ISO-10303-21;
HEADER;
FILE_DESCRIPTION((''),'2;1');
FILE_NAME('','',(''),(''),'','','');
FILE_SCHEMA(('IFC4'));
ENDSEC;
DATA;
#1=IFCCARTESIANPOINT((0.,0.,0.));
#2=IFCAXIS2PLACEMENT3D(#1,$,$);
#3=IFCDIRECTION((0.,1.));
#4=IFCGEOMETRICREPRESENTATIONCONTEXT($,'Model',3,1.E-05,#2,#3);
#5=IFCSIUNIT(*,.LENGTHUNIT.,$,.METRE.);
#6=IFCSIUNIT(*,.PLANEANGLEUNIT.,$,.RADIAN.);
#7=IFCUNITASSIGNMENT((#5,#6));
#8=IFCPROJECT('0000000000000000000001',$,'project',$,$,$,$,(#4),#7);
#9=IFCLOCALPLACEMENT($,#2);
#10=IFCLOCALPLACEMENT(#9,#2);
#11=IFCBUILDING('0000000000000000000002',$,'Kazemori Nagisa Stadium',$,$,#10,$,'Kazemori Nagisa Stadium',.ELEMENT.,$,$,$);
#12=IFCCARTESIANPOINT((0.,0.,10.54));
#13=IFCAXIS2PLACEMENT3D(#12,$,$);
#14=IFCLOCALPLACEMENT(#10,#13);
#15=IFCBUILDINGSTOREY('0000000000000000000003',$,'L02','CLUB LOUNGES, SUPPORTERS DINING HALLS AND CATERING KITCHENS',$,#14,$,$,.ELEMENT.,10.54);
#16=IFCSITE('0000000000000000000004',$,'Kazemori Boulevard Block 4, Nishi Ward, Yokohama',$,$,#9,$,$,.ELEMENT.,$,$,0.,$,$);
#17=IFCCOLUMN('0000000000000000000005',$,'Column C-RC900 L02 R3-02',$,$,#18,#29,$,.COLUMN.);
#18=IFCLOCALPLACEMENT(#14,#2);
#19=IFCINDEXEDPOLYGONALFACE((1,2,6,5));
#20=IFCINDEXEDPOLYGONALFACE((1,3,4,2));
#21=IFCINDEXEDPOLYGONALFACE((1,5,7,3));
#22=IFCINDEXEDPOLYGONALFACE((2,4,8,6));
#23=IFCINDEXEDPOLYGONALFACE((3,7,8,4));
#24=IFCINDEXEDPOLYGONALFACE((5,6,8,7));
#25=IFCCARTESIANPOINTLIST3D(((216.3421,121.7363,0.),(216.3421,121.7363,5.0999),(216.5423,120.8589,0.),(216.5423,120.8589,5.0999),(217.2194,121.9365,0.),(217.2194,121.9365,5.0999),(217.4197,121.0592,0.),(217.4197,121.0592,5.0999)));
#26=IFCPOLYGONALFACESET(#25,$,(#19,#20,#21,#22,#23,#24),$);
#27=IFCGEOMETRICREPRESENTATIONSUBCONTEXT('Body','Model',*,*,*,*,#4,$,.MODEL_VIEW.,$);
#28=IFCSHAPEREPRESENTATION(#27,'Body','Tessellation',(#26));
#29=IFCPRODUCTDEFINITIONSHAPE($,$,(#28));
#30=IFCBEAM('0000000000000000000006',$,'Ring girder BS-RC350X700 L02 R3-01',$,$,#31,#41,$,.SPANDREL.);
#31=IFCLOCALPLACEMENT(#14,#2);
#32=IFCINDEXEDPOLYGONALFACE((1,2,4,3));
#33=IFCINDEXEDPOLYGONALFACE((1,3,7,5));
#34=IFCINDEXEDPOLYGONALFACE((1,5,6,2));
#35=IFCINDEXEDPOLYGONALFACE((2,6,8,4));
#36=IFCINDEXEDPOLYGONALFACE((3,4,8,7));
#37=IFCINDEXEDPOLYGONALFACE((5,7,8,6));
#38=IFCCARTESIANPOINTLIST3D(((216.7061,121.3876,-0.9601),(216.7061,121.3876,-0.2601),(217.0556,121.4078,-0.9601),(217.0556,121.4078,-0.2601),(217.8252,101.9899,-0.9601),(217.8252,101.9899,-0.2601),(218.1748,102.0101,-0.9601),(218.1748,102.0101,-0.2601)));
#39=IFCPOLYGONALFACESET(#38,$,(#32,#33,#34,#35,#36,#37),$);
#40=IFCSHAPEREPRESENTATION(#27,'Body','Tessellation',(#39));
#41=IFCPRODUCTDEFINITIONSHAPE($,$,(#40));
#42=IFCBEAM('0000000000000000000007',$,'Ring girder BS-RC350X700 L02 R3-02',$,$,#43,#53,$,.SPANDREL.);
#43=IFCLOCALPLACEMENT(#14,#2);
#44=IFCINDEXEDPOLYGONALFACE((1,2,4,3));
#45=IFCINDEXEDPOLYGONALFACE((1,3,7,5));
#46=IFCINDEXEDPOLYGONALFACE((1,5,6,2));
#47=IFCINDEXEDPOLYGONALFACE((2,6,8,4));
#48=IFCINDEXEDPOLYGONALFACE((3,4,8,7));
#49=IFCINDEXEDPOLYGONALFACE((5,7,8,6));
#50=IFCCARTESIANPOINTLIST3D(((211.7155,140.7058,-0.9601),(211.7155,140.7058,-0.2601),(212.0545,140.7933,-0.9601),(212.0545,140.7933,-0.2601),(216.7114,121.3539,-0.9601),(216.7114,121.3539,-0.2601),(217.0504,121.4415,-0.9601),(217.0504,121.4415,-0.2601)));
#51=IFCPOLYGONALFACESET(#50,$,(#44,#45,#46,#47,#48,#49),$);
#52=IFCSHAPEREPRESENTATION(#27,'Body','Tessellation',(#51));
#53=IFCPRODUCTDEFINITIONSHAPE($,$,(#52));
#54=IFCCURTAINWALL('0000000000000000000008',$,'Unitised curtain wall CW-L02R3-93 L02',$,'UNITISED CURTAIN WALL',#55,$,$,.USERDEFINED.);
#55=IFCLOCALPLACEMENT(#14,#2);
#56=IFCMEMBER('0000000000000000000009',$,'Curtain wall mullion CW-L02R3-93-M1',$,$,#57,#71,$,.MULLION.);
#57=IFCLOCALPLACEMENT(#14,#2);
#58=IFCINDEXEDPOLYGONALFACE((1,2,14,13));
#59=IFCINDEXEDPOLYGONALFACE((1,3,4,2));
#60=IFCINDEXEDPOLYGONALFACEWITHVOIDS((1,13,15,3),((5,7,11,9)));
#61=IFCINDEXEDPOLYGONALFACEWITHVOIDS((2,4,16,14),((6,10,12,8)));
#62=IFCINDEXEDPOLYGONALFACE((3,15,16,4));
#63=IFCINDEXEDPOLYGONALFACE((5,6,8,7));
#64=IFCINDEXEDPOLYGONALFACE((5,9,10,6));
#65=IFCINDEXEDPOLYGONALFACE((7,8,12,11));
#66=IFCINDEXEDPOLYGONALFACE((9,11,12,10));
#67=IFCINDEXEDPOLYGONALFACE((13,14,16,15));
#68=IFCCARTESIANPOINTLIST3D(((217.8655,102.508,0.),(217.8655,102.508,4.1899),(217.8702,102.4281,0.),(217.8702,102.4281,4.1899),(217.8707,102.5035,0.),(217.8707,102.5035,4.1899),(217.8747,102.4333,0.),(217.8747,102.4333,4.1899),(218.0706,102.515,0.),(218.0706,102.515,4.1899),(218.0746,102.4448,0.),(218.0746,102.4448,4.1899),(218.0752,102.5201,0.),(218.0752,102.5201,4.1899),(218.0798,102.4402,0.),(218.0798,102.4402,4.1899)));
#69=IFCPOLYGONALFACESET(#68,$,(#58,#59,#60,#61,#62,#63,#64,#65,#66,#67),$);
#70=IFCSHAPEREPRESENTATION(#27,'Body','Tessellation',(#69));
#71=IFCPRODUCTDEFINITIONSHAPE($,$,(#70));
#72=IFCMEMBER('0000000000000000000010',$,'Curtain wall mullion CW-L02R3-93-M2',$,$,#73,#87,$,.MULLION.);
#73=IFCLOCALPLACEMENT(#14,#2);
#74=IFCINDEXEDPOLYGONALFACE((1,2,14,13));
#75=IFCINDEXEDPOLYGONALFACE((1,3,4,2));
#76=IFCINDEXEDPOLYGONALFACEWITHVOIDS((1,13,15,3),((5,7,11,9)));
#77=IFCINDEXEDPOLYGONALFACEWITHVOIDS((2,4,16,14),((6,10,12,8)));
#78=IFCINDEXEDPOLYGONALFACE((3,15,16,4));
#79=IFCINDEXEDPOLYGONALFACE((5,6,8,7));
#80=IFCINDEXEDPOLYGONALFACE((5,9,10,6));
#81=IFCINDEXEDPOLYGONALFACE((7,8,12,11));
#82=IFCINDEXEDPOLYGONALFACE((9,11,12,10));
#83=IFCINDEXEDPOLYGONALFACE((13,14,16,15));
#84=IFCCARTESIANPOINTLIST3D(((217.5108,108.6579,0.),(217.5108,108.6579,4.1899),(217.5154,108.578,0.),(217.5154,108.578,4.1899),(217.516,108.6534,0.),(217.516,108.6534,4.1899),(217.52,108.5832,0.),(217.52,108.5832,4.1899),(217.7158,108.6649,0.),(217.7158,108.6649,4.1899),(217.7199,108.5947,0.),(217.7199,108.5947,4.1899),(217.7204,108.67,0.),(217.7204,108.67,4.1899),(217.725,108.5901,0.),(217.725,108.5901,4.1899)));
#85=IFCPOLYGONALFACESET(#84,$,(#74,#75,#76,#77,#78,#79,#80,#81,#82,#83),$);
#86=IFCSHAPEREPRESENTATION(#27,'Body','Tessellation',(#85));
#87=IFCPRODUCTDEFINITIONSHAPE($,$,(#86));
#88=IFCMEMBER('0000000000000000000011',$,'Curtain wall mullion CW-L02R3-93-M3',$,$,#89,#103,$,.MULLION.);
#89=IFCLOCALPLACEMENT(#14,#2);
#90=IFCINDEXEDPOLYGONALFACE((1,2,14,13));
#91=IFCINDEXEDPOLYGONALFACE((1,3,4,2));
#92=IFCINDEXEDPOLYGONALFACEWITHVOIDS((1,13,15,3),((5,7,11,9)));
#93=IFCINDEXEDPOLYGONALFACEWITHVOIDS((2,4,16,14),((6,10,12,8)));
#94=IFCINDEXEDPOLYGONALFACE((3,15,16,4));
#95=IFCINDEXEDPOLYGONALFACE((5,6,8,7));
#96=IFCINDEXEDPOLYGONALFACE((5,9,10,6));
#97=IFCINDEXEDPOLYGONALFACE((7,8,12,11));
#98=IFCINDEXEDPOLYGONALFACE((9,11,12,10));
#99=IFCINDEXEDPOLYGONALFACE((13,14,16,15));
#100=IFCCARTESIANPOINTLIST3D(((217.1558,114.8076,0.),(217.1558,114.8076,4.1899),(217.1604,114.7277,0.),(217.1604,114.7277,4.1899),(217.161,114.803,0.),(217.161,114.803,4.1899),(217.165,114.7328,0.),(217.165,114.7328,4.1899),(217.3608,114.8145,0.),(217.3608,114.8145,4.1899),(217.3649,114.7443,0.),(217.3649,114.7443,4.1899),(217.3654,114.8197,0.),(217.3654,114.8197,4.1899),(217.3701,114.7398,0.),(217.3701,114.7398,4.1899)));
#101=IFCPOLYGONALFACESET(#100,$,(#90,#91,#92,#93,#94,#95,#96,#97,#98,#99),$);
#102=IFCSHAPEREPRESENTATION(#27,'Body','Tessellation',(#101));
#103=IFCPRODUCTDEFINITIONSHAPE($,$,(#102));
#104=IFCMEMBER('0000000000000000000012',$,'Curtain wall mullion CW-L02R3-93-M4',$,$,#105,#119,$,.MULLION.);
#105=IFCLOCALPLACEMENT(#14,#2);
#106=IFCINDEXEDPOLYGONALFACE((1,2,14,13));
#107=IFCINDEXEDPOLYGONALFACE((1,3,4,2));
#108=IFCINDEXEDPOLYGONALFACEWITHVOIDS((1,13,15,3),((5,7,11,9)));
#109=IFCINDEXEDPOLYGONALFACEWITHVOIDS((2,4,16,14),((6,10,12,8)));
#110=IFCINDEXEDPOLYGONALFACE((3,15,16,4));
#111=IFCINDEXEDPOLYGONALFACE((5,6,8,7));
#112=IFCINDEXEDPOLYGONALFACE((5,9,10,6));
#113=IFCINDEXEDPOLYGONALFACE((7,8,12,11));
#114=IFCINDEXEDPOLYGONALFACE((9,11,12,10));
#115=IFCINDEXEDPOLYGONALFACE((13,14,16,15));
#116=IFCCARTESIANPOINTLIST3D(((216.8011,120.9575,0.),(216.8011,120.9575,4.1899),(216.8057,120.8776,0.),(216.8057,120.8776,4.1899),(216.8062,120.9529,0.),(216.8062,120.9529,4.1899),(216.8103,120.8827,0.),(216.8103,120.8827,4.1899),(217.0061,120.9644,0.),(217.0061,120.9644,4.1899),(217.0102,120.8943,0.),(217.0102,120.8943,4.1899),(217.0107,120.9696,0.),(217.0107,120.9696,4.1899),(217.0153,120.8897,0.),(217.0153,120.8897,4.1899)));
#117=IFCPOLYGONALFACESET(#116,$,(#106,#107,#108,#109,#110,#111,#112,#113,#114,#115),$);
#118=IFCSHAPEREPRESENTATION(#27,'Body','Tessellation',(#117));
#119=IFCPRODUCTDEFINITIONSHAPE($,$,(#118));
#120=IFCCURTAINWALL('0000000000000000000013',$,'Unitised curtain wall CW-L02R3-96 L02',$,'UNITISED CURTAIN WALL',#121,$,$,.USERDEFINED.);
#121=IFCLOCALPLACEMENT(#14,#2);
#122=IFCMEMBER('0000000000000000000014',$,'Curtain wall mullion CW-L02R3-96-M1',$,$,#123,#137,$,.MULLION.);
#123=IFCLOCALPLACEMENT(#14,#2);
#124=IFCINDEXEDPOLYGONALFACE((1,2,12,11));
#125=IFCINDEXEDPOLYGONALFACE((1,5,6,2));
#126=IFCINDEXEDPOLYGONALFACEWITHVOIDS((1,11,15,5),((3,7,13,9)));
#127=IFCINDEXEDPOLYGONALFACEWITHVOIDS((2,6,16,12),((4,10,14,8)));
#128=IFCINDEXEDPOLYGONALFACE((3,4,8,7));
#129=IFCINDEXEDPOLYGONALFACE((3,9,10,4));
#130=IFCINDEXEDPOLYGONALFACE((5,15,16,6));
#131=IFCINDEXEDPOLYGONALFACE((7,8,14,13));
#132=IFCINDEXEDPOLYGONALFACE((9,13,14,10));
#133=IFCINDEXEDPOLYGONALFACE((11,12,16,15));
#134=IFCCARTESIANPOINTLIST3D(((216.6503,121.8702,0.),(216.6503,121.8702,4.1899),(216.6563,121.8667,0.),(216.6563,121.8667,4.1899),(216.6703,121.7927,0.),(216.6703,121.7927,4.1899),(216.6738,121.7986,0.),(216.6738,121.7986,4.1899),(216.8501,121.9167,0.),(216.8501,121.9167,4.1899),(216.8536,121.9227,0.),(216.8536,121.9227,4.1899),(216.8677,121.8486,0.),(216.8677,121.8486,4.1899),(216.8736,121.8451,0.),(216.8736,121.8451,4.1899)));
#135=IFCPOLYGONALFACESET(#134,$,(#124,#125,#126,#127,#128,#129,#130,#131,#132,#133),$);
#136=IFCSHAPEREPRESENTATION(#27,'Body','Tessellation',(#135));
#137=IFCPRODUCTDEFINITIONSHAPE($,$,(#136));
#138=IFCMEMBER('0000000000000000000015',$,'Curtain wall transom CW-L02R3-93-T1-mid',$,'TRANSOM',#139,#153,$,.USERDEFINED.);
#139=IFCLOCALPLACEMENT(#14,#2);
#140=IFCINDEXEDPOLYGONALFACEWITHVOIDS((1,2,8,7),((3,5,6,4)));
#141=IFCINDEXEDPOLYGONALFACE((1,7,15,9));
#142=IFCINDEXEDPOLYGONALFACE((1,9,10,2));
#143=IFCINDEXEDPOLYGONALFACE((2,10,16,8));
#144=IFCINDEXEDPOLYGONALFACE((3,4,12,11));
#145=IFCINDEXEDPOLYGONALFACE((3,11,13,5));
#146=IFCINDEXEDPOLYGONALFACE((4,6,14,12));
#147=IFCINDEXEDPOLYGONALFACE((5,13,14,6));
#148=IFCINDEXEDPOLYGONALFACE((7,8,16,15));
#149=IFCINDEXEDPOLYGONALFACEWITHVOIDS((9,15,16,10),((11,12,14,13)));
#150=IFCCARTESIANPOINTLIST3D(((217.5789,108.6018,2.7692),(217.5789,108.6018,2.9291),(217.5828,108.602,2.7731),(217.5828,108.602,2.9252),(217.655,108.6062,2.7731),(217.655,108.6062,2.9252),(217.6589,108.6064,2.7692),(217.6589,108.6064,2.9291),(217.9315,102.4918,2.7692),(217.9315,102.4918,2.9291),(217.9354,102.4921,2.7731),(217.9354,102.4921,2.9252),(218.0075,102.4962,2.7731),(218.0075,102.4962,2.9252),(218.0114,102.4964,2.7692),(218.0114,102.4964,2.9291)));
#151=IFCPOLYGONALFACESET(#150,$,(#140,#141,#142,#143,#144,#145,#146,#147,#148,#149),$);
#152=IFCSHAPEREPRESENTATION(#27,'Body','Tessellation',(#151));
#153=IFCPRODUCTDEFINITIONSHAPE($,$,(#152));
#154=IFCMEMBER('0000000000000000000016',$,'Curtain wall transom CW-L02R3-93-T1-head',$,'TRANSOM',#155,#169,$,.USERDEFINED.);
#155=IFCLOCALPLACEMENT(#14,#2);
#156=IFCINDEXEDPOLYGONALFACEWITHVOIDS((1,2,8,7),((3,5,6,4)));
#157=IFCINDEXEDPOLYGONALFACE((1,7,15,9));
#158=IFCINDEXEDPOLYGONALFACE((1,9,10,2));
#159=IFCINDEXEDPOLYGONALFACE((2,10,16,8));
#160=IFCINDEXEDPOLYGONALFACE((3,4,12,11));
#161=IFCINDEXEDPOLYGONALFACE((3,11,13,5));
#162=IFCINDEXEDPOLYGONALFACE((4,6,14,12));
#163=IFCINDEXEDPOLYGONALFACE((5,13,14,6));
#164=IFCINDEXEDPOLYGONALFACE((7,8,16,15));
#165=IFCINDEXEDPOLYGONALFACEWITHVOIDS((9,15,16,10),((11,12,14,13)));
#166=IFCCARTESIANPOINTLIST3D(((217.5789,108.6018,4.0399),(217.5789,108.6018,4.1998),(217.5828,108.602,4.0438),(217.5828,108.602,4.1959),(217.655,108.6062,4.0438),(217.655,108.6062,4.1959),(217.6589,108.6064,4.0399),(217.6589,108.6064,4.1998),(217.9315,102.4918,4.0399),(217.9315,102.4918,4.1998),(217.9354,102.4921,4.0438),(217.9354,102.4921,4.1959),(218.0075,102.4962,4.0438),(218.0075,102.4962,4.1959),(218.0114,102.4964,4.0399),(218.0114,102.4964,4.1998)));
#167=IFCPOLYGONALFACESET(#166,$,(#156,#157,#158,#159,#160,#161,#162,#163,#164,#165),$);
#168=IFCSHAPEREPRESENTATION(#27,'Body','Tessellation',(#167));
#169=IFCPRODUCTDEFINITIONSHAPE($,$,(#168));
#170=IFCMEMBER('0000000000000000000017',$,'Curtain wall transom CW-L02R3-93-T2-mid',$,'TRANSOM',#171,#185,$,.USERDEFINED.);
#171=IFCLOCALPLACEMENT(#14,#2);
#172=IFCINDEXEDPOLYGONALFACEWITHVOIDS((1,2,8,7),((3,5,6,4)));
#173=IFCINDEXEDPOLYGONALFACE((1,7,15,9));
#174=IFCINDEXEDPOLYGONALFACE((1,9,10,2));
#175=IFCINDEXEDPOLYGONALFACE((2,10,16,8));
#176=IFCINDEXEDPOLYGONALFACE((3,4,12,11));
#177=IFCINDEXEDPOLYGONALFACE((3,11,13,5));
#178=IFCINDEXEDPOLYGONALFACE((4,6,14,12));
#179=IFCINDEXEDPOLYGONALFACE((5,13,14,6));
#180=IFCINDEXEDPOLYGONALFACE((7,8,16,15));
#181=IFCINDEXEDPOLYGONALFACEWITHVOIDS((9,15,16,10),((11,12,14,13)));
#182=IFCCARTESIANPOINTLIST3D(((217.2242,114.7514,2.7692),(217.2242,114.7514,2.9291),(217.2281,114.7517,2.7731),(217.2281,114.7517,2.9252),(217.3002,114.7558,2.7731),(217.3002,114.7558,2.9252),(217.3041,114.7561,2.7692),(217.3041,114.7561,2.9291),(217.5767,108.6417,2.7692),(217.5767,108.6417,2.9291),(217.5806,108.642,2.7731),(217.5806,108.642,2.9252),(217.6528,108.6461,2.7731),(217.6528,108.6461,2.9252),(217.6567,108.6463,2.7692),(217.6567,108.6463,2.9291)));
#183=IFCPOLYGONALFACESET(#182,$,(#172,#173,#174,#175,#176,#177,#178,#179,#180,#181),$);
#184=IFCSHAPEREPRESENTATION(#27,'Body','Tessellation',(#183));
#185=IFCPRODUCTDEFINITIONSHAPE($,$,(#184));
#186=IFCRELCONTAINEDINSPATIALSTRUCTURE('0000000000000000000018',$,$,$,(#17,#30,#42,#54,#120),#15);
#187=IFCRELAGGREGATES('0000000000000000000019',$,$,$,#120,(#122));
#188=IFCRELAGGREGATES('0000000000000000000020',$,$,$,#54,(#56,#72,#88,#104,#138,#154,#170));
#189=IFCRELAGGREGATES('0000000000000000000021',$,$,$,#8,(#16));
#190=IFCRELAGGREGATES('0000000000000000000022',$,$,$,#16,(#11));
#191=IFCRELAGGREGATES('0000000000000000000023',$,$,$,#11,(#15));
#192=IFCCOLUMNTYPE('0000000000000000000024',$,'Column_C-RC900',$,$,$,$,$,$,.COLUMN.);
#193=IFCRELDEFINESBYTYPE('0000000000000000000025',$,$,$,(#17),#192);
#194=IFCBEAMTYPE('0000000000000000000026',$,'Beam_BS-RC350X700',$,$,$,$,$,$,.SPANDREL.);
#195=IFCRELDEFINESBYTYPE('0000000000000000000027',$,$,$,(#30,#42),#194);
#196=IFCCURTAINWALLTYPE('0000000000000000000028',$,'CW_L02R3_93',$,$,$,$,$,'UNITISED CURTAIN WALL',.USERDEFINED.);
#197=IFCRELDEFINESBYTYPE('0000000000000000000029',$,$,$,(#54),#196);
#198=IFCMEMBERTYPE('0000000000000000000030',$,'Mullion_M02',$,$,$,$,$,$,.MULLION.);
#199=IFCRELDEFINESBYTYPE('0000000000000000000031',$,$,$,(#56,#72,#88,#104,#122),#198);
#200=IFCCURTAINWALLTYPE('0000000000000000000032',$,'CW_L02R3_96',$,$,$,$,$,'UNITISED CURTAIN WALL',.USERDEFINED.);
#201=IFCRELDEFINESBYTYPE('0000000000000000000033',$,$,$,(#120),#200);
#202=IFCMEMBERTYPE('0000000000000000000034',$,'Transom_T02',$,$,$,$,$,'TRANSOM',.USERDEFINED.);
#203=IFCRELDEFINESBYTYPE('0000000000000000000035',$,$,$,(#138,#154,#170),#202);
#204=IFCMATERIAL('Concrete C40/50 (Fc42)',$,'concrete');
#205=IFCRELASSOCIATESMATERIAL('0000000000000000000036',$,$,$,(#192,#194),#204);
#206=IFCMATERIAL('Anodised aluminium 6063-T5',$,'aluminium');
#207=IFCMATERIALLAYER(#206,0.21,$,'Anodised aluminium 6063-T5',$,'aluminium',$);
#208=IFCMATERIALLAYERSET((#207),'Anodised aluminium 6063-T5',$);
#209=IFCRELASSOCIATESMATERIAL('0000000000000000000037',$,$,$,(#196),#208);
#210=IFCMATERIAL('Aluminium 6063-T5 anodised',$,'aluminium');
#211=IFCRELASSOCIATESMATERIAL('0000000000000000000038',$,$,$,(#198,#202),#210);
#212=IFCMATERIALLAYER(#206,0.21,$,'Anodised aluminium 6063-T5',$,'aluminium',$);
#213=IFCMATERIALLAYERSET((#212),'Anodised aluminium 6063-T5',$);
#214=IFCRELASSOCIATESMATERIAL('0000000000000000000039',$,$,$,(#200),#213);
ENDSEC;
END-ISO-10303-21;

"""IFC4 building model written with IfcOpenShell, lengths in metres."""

from ifc_helpers import new_model, si_unit, direction, frame, origin, origin_2d, place, context, subcontext, project, spatial, rectangle, hollow_rectangle, extrude, material, layer, layer_set, material_profile, profile_set, type_object, element, aggregate, save


model = new_model("IFC4")

# Units and contexts
model_context = context("Model", 3, precision=1e-05, world=origin(), true_north=direction((0.0, 1.0)))
body_context = subcontext(model_context, "Body", "Model", "MODEL_VIEW")
ifc_project = project(units=[si_unit("LENGTHUNIT", "METRE"), si_unit("PLANEANGLEUNIT", "RADIAN")], contexts=[model_context])

# Site, building, storey
site_placement = place(None, origin())
site = spatial("IfcSite", under=ifc_project, at=site_placement, Name="Kazemori Boulevard Block 4, Nishi Ward, Yokohama", CompositionType="ELEMENT", RefElevation=0.0)
building_placement = place(site_placement, origin())
building = spatial("IfcBuilding", under=site, at=building_placement, Name="Kazemori Nagisa Stadium", LongName="Kazemori Nagisa Stadium", CompositionType="ELEMENT")
storey_placement = place(building_placement, frame((0.0, 0.0, 10.54)))
storey = spatial("IfcBuildingStorey", under=building, at=storey_placement, Name="L02", Description="CLUB LOUNGES, SUPPORTERS DINING HALLS AND CATERING KITCHENS", CompositionType="ELEMENT", Elevation=10.54)

# Column
ifc_material_1 = material(Name="Concrete C40/50 (Fc42)", Category="concrete")
ifc_material_profile_1 = material_profile(ifc_material_1, rectangle(XDim=0.8999, YDim=0.8999, at=origin_2d()), Name="RC-COL-900x900")
ifc_profile_set_1 = profile_set([ifc_material_profile_1], Name="Concrete C40/50 (Fc42)")
column_type = type_object("IfcColumnType", Name="Column_C-RC900", PredefinedType="COLUMN", material=ifc_profile_set_1)
column_placement = place(storey_placement, frame((216.8809, 121.3977, 0.0), z_axis=(0.0, 0.0, 1.0), x_axis=(0.974928, 0.222521, 0.0)))
element("IfcColumn", 1, at=column_placement, inside=storey, type_object=column_type, Name="Column C-RC900 L02 R3-02", PredefinedType="COLUMN", context=body_context, shape_type="SweptSolid", body=[
    extrude(rectangle(XDim=0.8999, YDim=0.8999, at=origin_2d()), origin(), (0.0, 0.0, 1.0), 5.0999),
])

# Beams
ifc_material_profile_2 = material_profile(ifc_material_1, rectangle(XDim=0.3501, YDim=0.7, at=origin_2d()), Name="RC-SP-350x700")
ifc_profile_set_2 = profile_set([ifc_material_profile_2], Name="Concrete C40/50 (Fc42)")
beam_type = type_object("IfcBeamType", Name="Beam_BS-RC350X700", PredefinedType="SPANDREL", material=ifc_profile_set_2)
beam_1_placement = place(storey_placement, frame((218.0, 102.0, -0.6101), z_axis=(-0.057599, 0.99834, 0.0), x_axis=(-0.99834, -0.057599, 0.0)))
element("IfcBeam", 2, at=beam_1_placement, inside=storey, type_object=beam_type, Name="Ring girder BS-RC350X700 L02 R3-01", PredefinedType="SPANDREL", context=body_context, shape_type="SweptSolid", body=[
    extrude(rectangle(XDim=0.3501, YDim=0.7, at=origin_2d()), origin(), (0.0, 0.0, 1.0), 19.4299),
])
beam_2_placement = place(storey_placement, frame((216.8809, 121.3977, -0.6101), z_axis=(-0.249964, 0.968255, 0.0), x_axis=(-0.968255, -0.249964, 0.0)))
element("IfcBeam", 3, at=beam_2_placement, inside=storey, type_object=beam_type, Name="Ring girder BS-RC350X700 L02 R3-02", PredefinedType="SPANDREL", context=body_context, shape_type="SweptSolid", body=[
    extrude(rectangle(XDim=0.3501, YDim=0.7, at=origin_2d()), origin(), (0.0, 0.0, 1.0), 19.9863),
])

# Curtain wall, members
ifc_material_2 = material(Name="Anodised aluminium 6063-T5", Category="aluminium")
ifc_layer_1 = layer(ifc_material_2, 0.21, Name="Anodised aluminium 6063-T5", Category="aluminium")
ifc_layer_set_1 = layer_set([ifc_layer_1], Name="Anodised aluminium 6063-T5")
curtain_wall_type_1 = type_object("IfcCurtainWallType", Name="CW_L02R3_93", ElementType="UNITISED CURTAIN WALL", PredefinedType="USERDEFINED", material=ifc_layer_set_1)
curtain_wall_1_placement = place(storey_placement, origin())
curtain_wall_1 = element("IfcCurtainWall", 4, at=curtain_wall_1_placement, inside=storey, type_object=curtain_wall_type_1, Name="Unitised curtain wall CW-L02R3-93 L02", ObjectType="UNITISED CURTAIN WALL", PredefinedType="USERDEFINED")
ifc_material_3 = material(Name="Aluminium 6063-T5 anodised", Category="aluminium")
ifc_material_profile_3 = material_profile(ifc_material_3, hollow_rectangle(XDim=0.0801, YDim=0.21, WallThickness=0.0049, at=origin_2d()), Name="ALU-MULL-80x210x5")
ifc_profile_set_3 = profile_set([ifc_material_profile_3], Name="Aluminium 6063-T5 anodised")
member_type_1 = type_object("IfcMemberType", Name="Mullion_M02", PredefinedType="MULLION", material=ifc_profile_set_3)
member_1_placement = place(storey_placement, frame((217.9727, 102.4741, 0.0), z_axis=(0.0, 0.0, 1.0), x_axis=(-0.057602, 0.99834, 0.0)))
member_1 = element("IfcMember", 5, at=member_1_placement, type_object=member_type_1, Name="Curtain wall mullion CW-L02R3-93-M1", PredefinedType="MULLION", context=body_context, shape_type="SweptSolid", body=[
    extrude(hollow_rectangle(XDim=0.0801, YDim=0.21, WallThickness=0.0049, at=origin_2d()), origin(), (0.0, 0.0, 1.0), 4.1899),
])
member_2_placement = place(storey_placement, frame((217.6179, 108.624, 0.0), z_axis=(0.0, 0.0, 1.0), x_axis=(-0.057602, 0.99834, 0.0)))
member_2 = element("IfcMember", 6, at=member_2_placement, type_object=member_type_1, Name="Curtain wall mullion CW-L02R3-93-M2", PredefinedType="MULLION", context=body_context, shape_type="SweptSolid", body=[
    extrude(hollow_rectangle(XDim=0.0801, YDim=0.21, WallThickness=0.0049, at=origin_2d()), origin(), (0.0, 0.0, 1.0), 4.1899),
])
member_3_placement = place(storey_placement, frame((217.2629, 114.7737, 0.0), z_axis=(0.0, 0.0, 1.0), x_axis=(-0.057602, 0.99834, 0.0)))
member_3 = element("IfcMember", 7, at=member_3_placement, type_object=member_type_1, Name="Curtain wall mullion CW-L02R3-93-M3", PredefinedType="MULLION", context=body_context, shape_type="SweptSolid", body=[
    extrude(hollow_rectangle(XDim=0.0801, YDim=0.21, WallThickness=0.0049, at=origin_2d()), origin(), (0.0, 0.0, 1.0), 4.1899),
])
member_4_placement = place(storey_placement, frame((216.9082, 120.9236, 0.0), z_axis=(0.0, 0.0, 1.0), x_axis=(-0.057602, 0.99834, 0.0)))
member_4 = element("IfcMember", 8, at=member_4_placement, type_object=member_type_1, Name="Curtain wall mullion CW-L02R3-93-M4", PredefinedType="MULLION", context=body_context, shape_type="SweptSolid", body=[
    extrude(hollow_rectangle(XDim=0.0801, YDim=0.21, WallThickness=0.0049, at=origin_2d()), origin(), (0.0, 0.0, 1.0), 4.1899),
])

# Curtain wall, member
ifc_layer_2 = layer(ifc_material_2, 0.21, Name="Anodised aluminium 6063-T5", Category="aluminium")
ifc_layer_set_2 = layer_set([ifc_layer_2], Name="Anodised aluminium 6063-T5")
curtain_wall_type_2 = type_object("IfcCurtainWallType", Name="CW_L02R3_96", ElementType="UNITISED CURTAIN WALL", PredefinedType="USERDEFINED", material=ifc_layer_set_2)
curtain_wall_2_placement = place(storey_placement, origin())
curtain_wall_2 = element("IfcCurtainWall", 9, at=curtain_wall_2_placement, inside=storey, type_object=curtain_wall_type_2, Name="Unitised curtain wall CW-L02R3-96 L02", ObjectType="UNITISED CURTAIN WALL", PredefinedType="USERDEFINED")
member_5_placement = place(storey_placement, frame((216.762, 121.8577, 0.0), z_axis=(0.0, 0.0, 1.0), x_axis=(-0.249965, 0.968255, 0.0)))
member_5 = element("IfcMember", 10, at=member_5_placement, type_object=member_type_1, Name="Curtain wall mullion CW-L02R3-96-M1", PredefinedType="MULLION", context=body_context, shape_type="SweptSolid", body=[
    extrude(hollow_rectangle(XDim=0.0801, YDim=0.21, WallThickness=0.0049, at=origin_2d()), origin(), (0.0, 0.0, 1.0), 4.1899),
])
aggregate(curtain_wall_2, [member_5])

# Members
ifc_material_profile_4 = material_profile(ifc_material_3, hollow_rectangle(XDim=0.0801, YDim=0.1599, WallThickness=0.0039, at=origin_2d()), Name="ALU-TRAN-80x160x4")
ifc_profile_set_4 = profile_set([ifc_material_profile_4], Name="Aluminium 6063-T5 anodised")
member_type_2 = type_object("IfcMemberType", Name="Transom_T02", ElementType="TRANSOM", PredefinedType="USERDEFINED", material=ifc_profile_set_4)
member_6_placement = place(storey_placement, frame((217.9714, 102.4941, 2.8491), z_axis=(-0.057604, 0.99834, 0.0), x_axis=(-0.99834, -0.057604, 0.0)))
member_6 = element("IfcMember", 11, at=member_6_placement, type_object=member_type_2, Name="Curtain wall transom CW-L02R3-93-T1-mid", ObjectType="TRANSOM", PredefinedType="USERDEFINED", context=body_context, shape_type="SweptSolid", body=[
    extrude(hollow_rectangle(XDim=0.0801, YDim=0.1599, WallThickness=0.0039, at=origin_2d()), origin(), (0.0, 0.0, 1.0), 6.1201),
])
member_7_placement = place(storey_placement, frame((217.9714, 102.4941, 4.1199), z_axis=(-0.057604, 0.99834, 0.0), x_axis=(-0.99834, -0.057604, 0.0)))
member_7 = element("IfcMember", 12, at=member_7_placement, type_object=member_type_2, Name="Curtain wall transom CW-L02R3-93-T1-head", ObjectType="TRANSOM", PredefinedType="USERDEFINED", context=body_context, shape_type="SweptSolid", body=[
    extrude(hollow_rectangle(XDim=0.0801, YDim=0.1599, WallThickness=0.0039, at=origin_2d()), origin(), (0.0, 0.0, 1.0), 6.1201),
])
member_8_placement = place(storey_placement, frame((217.6167, 108.644, 2.8491), z_axis=(-0.057606, 0.998339, 0.0), x_axis=(-0.998339, -0.057606, 0.0)))
member_8 = element("IfcMember", 13, at=member_8_placement, type_object=member_type_2, Name="Curtain wall transom CW-L02R3-93-T2-mid", ObjectType="TRANSOM", PredefinedType="USERDEFINED", context=body_context, shape_type="SweptSolid", body=[
    extrude(hollow_rectangle(XDim=0.0801, YDim=0.1599, WallThickness=0.0039, at=origin_2d()), origin(), (0.0, 0.0, 1.0), 6.1199),
])

aggregate(curtain_wall_1, [member_1, member_2, member_3, member_4, member_6, member_7, member_8])

save(model, "model.ifc")
